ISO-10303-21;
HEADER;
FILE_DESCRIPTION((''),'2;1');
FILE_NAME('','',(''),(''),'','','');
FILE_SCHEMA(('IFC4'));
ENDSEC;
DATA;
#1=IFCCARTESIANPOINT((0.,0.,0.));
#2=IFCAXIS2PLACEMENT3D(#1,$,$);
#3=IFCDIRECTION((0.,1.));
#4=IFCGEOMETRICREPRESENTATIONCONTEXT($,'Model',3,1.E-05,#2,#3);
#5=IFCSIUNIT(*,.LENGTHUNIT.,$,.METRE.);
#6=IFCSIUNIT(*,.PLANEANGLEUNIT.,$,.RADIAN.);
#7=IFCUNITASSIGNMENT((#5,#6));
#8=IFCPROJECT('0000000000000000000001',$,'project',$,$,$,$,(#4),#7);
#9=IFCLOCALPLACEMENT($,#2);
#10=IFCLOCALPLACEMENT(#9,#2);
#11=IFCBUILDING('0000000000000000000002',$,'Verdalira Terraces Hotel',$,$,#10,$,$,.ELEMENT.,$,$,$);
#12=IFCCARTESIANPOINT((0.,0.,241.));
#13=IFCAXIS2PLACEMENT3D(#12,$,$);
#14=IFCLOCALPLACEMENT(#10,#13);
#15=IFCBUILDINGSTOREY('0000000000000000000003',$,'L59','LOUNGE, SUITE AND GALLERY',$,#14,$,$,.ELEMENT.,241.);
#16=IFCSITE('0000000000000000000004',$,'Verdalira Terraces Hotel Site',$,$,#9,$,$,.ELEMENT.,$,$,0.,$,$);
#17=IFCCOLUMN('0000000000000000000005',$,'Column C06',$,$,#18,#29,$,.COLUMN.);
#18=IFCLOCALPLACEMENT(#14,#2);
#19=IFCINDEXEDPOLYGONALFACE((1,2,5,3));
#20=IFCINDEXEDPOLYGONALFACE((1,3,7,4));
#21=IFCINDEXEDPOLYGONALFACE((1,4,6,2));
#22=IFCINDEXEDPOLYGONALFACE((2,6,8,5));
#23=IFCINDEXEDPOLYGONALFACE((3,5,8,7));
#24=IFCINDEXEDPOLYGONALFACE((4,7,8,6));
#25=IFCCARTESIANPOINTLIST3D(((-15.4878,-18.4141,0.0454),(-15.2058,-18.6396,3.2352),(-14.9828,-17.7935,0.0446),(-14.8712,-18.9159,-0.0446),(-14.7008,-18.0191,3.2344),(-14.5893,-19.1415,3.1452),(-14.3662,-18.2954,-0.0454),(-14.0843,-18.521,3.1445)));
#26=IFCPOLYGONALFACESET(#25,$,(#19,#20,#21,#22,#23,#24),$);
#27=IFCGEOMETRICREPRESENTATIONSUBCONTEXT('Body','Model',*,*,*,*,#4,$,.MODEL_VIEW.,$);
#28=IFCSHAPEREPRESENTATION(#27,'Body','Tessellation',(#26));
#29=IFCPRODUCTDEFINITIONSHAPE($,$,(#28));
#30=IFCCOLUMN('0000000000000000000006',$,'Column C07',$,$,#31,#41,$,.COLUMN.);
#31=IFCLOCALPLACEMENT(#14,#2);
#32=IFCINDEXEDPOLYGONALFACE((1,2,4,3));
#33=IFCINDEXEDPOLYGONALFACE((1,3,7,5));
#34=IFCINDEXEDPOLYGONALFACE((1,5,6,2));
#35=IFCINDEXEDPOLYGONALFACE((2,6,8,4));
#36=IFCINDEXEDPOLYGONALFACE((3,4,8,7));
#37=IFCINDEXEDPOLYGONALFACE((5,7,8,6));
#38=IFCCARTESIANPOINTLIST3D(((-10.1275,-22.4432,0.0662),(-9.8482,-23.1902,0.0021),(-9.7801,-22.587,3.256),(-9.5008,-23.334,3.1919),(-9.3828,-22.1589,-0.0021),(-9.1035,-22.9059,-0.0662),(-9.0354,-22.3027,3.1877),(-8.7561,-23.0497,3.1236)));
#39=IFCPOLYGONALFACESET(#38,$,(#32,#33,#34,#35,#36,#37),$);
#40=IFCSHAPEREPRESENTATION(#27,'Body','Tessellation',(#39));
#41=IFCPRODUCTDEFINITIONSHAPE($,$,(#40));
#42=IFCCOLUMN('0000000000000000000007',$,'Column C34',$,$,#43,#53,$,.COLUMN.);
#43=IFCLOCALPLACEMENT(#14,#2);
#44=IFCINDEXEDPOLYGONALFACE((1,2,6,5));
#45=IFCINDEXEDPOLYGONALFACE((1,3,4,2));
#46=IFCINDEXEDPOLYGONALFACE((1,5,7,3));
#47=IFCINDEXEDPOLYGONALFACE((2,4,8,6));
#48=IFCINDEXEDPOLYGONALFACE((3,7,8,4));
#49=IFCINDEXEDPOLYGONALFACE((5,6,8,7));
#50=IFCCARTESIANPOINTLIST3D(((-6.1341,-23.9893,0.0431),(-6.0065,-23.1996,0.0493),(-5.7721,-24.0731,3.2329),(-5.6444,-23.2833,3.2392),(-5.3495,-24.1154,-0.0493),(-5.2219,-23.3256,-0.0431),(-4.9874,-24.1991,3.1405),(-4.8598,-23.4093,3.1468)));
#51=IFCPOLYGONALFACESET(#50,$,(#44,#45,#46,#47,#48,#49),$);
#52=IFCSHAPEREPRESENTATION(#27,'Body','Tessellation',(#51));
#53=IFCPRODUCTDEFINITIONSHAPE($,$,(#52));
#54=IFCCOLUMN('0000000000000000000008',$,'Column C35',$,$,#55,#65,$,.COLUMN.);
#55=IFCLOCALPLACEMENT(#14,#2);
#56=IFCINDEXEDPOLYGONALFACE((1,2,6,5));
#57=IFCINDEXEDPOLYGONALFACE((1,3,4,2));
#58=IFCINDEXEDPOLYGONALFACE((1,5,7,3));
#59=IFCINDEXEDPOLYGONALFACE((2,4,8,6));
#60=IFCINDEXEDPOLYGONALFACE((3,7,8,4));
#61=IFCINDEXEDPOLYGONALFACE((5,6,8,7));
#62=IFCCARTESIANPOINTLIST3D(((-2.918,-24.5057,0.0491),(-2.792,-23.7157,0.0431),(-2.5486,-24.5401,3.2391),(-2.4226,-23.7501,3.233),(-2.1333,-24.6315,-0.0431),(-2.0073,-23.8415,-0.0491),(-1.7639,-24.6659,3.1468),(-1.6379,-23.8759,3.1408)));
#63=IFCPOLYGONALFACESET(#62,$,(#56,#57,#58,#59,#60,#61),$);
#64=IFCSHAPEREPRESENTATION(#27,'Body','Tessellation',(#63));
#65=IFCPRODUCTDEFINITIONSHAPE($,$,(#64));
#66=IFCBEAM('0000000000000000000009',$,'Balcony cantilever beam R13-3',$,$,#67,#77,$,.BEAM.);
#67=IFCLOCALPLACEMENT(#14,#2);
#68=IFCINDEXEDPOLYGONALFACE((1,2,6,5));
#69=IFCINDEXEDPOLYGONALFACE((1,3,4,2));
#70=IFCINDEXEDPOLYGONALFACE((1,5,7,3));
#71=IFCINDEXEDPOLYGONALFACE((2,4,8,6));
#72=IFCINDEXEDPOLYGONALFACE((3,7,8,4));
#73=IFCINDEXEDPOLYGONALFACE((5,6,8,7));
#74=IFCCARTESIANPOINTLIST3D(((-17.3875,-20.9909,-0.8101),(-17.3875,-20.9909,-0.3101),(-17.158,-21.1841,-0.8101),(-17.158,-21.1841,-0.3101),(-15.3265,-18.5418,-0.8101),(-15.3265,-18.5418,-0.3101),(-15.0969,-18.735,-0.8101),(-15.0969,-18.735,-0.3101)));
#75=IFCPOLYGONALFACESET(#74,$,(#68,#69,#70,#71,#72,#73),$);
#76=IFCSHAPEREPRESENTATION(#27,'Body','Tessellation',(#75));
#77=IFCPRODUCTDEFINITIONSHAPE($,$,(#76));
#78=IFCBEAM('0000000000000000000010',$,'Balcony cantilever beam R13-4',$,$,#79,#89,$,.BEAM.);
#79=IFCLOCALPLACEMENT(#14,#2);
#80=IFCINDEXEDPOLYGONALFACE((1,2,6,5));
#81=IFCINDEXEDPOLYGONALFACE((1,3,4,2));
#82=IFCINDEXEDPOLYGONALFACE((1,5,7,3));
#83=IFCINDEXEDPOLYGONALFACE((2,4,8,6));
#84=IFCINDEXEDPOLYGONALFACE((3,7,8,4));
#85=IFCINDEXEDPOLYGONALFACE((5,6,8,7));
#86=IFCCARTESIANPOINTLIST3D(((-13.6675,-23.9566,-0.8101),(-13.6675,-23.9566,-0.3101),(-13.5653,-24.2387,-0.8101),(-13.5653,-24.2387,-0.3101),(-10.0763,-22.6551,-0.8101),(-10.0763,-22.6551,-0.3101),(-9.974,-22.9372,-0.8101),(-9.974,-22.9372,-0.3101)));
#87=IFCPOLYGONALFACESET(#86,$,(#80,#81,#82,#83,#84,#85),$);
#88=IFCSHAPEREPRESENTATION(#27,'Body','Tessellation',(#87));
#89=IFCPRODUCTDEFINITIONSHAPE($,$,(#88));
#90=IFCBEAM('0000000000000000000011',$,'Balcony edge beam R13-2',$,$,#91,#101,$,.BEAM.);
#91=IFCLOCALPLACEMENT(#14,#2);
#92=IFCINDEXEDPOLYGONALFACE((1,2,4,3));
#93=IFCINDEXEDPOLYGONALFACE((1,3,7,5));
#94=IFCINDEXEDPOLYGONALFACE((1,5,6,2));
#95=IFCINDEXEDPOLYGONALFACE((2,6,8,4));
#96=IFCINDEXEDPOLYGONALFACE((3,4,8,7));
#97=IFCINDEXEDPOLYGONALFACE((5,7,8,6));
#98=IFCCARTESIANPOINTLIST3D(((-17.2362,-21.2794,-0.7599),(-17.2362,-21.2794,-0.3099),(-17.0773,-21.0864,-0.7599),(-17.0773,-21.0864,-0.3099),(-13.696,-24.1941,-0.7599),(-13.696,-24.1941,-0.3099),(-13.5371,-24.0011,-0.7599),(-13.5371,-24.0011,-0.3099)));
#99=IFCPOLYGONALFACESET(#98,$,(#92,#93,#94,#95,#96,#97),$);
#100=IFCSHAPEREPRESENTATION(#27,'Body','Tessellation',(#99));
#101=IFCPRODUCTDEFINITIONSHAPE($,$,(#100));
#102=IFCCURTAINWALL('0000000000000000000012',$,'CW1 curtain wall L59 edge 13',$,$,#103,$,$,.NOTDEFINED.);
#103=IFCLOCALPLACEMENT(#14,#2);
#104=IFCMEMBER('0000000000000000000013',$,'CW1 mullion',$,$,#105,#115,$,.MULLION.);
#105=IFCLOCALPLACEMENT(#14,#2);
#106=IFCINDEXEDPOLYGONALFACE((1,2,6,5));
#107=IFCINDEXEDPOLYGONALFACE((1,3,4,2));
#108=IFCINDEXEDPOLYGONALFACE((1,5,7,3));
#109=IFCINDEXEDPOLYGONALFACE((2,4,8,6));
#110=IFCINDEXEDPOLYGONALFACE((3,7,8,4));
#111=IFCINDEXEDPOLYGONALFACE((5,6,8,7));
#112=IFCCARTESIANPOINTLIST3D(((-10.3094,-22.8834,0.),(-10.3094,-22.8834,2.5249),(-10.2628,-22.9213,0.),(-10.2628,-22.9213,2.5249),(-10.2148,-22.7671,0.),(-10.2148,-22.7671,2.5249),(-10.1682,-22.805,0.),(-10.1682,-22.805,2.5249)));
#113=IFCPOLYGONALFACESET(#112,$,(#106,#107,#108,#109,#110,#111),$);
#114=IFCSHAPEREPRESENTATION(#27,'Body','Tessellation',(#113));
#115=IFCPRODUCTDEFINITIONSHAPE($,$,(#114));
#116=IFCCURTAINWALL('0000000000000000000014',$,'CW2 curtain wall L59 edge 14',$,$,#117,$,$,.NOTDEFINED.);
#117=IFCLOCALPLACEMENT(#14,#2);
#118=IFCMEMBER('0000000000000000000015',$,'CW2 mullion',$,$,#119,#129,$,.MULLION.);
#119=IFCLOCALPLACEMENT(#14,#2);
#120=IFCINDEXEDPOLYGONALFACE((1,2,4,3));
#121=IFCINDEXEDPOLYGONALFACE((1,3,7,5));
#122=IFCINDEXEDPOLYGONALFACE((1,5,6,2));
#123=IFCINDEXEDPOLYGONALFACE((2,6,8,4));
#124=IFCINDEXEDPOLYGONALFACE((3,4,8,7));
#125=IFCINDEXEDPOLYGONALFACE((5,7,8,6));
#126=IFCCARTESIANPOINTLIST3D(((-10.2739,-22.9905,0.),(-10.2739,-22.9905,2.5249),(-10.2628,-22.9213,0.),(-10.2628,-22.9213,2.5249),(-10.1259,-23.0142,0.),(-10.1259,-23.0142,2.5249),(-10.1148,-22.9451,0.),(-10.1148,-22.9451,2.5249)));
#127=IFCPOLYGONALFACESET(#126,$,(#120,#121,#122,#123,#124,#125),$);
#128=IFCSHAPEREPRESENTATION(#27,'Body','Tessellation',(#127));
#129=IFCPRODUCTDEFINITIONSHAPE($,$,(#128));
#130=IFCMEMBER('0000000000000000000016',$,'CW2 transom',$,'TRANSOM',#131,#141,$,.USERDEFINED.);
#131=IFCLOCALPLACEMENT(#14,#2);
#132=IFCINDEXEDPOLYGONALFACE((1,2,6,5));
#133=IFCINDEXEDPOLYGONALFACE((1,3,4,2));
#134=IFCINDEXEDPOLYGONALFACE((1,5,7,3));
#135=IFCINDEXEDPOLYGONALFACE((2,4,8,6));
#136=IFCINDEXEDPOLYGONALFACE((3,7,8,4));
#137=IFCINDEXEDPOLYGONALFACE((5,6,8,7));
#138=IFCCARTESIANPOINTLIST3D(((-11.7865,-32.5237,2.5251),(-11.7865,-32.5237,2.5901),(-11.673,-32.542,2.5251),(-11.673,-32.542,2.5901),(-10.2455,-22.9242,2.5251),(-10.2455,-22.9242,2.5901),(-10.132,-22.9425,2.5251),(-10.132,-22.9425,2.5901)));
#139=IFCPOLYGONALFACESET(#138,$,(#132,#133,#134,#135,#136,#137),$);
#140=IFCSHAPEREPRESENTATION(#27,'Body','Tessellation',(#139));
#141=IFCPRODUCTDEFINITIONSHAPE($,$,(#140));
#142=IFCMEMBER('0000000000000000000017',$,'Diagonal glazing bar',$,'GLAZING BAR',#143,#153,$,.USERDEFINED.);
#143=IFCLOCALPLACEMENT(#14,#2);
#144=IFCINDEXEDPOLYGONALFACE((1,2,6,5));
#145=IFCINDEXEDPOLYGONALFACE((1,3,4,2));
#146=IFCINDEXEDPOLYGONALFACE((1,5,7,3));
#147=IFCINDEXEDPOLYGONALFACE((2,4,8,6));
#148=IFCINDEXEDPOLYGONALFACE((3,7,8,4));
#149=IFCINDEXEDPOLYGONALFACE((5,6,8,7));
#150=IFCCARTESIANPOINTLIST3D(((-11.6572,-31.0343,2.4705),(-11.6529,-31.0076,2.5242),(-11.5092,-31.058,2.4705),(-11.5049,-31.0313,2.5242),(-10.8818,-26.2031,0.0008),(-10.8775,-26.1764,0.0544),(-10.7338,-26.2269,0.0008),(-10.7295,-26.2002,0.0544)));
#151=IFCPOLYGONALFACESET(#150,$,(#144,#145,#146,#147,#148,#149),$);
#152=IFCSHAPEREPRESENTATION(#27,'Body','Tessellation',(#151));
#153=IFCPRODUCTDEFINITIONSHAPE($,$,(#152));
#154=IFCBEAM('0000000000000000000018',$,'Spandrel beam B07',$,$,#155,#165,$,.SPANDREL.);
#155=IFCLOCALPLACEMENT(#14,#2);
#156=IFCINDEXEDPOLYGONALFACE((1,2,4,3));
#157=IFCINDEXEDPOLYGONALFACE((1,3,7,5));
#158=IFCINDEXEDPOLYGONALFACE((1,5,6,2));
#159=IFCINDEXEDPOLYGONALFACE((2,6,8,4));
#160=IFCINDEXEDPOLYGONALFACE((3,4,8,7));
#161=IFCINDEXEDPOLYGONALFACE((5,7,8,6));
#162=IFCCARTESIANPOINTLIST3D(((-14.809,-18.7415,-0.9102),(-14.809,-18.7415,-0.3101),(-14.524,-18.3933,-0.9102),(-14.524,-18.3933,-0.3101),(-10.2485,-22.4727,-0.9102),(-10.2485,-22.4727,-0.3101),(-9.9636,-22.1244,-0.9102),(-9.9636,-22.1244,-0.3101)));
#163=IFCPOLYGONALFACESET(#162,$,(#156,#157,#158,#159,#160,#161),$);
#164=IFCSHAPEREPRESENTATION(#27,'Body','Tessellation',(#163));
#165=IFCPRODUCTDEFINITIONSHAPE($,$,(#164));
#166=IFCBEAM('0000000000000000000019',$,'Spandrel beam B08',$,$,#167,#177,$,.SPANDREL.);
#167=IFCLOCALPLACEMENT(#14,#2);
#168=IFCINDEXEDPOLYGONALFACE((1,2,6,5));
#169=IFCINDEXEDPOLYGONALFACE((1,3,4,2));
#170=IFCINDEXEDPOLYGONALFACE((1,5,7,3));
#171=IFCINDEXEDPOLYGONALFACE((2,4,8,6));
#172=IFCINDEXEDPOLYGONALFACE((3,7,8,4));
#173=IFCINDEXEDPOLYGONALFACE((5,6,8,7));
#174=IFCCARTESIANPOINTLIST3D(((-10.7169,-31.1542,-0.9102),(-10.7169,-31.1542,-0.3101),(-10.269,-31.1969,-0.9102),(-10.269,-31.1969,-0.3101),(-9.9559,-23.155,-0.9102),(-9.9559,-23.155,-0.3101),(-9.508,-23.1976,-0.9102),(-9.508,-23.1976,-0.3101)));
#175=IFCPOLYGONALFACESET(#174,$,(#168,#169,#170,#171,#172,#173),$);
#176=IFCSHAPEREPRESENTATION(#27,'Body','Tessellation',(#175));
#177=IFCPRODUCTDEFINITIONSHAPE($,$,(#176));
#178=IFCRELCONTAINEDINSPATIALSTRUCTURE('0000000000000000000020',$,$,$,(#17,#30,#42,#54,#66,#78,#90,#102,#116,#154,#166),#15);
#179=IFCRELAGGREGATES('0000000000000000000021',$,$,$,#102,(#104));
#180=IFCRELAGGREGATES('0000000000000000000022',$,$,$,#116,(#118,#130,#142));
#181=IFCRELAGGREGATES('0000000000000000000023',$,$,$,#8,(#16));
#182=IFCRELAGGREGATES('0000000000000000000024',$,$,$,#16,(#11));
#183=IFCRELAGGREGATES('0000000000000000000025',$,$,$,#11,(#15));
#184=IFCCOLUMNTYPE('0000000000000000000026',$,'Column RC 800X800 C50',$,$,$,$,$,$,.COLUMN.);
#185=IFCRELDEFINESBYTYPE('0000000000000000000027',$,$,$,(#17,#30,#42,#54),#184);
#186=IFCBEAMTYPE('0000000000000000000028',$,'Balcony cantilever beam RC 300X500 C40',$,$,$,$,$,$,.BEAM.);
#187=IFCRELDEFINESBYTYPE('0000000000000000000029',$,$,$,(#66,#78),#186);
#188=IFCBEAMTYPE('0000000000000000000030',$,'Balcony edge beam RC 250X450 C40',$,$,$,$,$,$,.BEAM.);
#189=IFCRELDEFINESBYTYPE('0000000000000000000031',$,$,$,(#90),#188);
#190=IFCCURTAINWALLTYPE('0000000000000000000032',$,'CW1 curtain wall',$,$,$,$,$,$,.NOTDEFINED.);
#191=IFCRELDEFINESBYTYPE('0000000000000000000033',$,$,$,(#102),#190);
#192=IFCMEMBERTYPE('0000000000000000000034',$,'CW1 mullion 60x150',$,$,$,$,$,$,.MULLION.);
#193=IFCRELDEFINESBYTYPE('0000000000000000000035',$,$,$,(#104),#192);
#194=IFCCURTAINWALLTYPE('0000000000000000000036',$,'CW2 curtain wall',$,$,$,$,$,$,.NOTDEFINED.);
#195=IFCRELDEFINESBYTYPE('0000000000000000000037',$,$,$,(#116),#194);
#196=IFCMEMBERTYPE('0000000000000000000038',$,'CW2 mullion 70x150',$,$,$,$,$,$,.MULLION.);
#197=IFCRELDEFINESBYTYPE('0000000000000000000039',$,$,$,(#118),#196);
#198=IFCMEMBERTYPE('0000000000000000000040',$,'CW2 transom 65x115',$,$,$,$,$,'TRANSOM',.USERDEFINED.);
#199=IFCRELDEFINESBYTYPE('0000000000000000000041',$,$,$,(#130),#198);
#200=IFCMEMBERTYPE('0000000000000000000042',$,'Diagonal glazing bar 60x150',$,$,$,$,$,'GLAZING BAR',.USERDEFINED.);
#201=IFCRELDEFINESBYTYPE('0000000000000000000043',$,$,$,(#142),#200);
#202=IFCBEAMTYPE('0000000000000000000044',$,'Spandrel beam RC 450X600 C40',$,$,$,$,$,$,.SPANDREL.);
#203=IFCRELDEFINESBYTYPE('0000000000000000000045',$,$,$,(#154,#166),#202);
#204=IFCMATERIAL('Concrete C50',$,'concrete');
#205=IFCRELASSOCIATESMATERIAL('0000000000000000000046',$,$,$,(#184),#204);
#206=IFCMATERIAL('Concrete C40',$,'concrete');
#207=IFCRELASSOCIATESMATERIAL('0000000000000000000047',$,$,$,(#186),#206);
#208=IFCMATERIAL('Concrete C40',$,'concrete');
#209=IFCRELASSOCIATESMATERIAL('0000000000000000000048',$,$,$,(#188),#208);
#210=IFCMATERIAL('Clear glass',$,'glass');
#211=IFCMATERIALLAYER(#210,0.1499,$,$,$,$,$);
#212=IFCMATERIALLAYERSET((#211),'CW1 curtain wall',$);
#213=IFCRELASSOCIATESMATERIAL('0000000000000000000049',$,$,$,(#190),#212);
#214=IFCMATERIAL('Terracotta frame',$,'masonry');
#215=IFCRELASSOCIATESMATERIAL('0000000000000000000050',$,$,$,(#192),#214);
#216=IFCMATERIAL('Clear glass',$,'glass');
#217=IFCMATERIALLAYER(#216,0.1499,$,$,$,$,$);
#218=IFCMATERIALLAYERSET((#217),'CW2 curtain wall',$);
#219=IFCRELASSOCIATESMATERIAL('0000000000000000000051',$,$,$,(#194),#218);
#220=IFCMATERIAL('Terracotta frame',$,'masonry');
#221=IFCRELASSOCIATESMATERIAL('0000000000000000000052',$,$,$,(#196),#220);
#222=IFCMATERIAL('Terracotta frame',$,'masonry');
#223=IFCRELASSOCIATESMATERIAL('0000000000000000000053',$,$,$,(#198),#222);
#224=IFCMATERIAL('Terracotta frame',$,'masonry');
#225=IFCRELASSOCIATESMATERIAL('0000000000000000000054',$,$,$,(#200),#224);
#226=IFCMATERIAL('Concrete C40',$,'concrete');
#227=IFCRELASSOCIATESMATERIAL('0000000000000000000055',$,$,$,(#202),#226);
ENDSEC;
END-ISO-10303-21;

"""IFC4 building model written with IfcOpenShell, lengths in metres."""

from ifc_helpers import new_model, si_unit, direction, frame, origin, origin_2d, place, context, subcontext, project, spatial, rectangle, extrude, material, layer, layer_set, material_profile, profile_set, type_object, element, aggregate, save


model = new_model("IFC4")

# Units and contexts
model_context = context("Model", 3, precision=1e-05, world=origin(), true_north=direction((0.0, 1.0)))
body_context = subcontext(model_context, "Body", "Model", "MODEL_VIEW")
ifc_project = project(units=[si_unit("LENGTHUNIT", "METRE"), si_unit("PLANEANGLEUNIT", "RADIAN")], contexts=[model_context])

# Site, building, storey
site_placement = place(None, origin())
site = spatial("IfcSite", under=ifc_project, at=site_placement, Name="Verdalira Terraces Hotel Site", CompositionType="ELEMENT", RefElevation=0.0)
building_placement = place(site_placement, origin())
building = spatial("IfcBuilding", under=site, at=building_placement, Name="Verdalira Terraces Hotel", CompositionType="ELEMENT")
storey_placement = place(building_placement, frame((0.0, 0.0, 241.0)))
storey = spatial("IfcBuildingStorey", under=building, at=storey_placement, Name="L59", Description="LOUNGE, SUITE AND GALLERY", CompositionType="ELEMENT", Elevation=241.0)

# Columns
ifc_material_1 = material(Name="Concrete C50", Category="concrete")
ifc_material_profile_1 = material_profile(ifc_material_1, rectangle(XDim=0.8, YDim=0.8, at=origin_2d()), Name="RC 800X800")
ifc_profile_set_1 = profile_set([ifc_material_profile_1], Name="Concrete C50")
column_type = type_object("IfcColumnType", Name="Column RC 800X800 C50", PredefinedType="COLUMN", material=ifc_profile_set_1)
column_1_placement = place(storey_placement, frame((-14.927, -18.3547, 0.0), z_axis=(0.087836, -0.070269, 0.993653), x_axis=(0.770618, -0.627292, -0.112481)))
element("IfcColumn", 1, at=column_1_placement, inside=storey, type_object=column_type, Name="Column C06", PredefinedType="COLUMN", context=body_context, shape_type="SweptSolid", body=[
    extrude(rectangle(XDim=0.8, YDim=0.8, at=origin_2d()), origin(), (0.0, 0.0, 1.0), 3.2102),
])
column_2_placement = place(storey_placement, frame((-9.6155, -22.6746, 0.0), z_axis=(0.10816, -0.044769, 0.993125), x_axis=(-0.349088, 0.93366, 0.080107)))
element("IfcColumn", 2, at=column_2_placement, inside=storey, type_object=column_type, Name="Column C07", PredefinedType="COLUMN", context=body_context, shape_type="SweptSolid", body=[
    extrude(rectangle(XDim=0.8, YDim=0.8, at=origin_2d()), origin(), (0.0, 0.0, 1.0), 3.2119),
])
for number, where, z_axis, x_axis, name in (
    (3, (-5.678, -23.6575, 0.0), (0.112738, -0.026075, 0.993283), (-0.159508, -0.987166, -0.00781), "Column C34"),
    (4, (-2.4626, -24.1736, 0.0), (0.115021, -0.010719, 0.993305), (-0.157408, -0.987505, 0.007571), "Column C35"),
):
    element("IfcColumn", number, at=place(storey_placement, frame(where, z_axis=z_axis, x_axis=x_axis)), inside=storey, type_object=column_type, Name=name, PredefinedType="COLUMN", context=body_context, shape_type="SweptSolid", body=[
        extrude(rectangle(XDim=0.8, YDim=0.8, at=origin_2d()), origin(), (0.0, 0.0, 1.0), 3.2114),
    ])

# Beams
ifc_material_2 = material(Name="Concrete C40", Category="concrete")
ifc_material_profile_2 = material_profile(ifc_material_2, rectangle(XDim=0.3, YDim=0.5, at=origin_2d()), Name="RC 300X500")
ifc_profile_set_2 = profile_set([ifc_material_profile_2], Name="Concrete C40")
beam_type_1 = type_object("IfcBeamType", Name="Balcony cantilever beam RC 300X500 C40", PredefinedType="BEAM", material=ifc_profile_set_2)
beam_1_placement = place(storey_placement, frame((-15.2117, -18.6384, -0.5601), z_axis=(-0.643906, -0.765105, 0.0), x_axis=(0.765105, -0.643906, 0.0)))
element("IfcBeam", 5, at=beam_1_placement, inside=storey, type_object=beam_type_1, Name="Balcony cantilever beam R13-3", PredefinedType="BEAM", context=body_context, shape_type="SweptSolid", body=[
    extrude(rectangle(XDim=0.3, YDim=0.5, at=origin_2d()), origin(), (0.0, 0.0, 1.0), 3.2009),
])
beam_2_placement = place(storey_placement, frame((-10.0251, -22.7961, -0.5601), z_axis=(-0.940164, -0.340722, 0.0), x_axis=(0.340722, -0.940164, 0.0)))
element("IfcBeam", 6, at=beam_2_placement, inside=storey, type_object=beam_type_1, Name="Balcony cantilever beam R13-4", PredefinedType="BEAM", context=body_context, shape_type="SweptSolid", body=[
    extrude(rectangle(XDim=0.3, YDim=0.5, at=origin_2d()), origin(), (0.0, 0.0, 1.0), 3.8198),
])
ifc_material_3 = material(Name="Concrete C40", Category="concrete")
ifc_material_profile_3 = material_profile(ifc_material_3, rectangle(XDim=0.25, YDim=0.45, at=origin_2d()), Name="RC 250X450")
ifc_profile_set_3 = profile_set([ifc_material_profile_3], Name="Concrete C40")
beam_type_2 = type_object("IfcBeamType", Name="Balcony edge beam RC 250X450 C40", PredefinedType="BEAM", material=ifc_profile_set_3)
beam_3_placement = place(storey_placement, frame((-17.1567, -21.1829, -0.5349), z_axis=(0.772009, -0.635612, 0.0), x_axis=(0.635612, 0.772009, 0.0)))
element("IfcBeam", 7, at=beam_3_placement, inside=storey, type_object=beam_type_2, Name="Balcony edge beam R13-2", PredefinedType="BEAM", context=body_context, shape_type="SweptSolid", body=[
    extrude(rectangle(XDim=0.25, YDim=0.45, at=origin_2d()), origin(), (0.0, 0.0, 1.0), 4.5857),
])

# Curtain wall, member
ifc_material_4 = material(Name="Clear glass", Category="glass")
ifc_layer_1 = layer(ifc_material_4, 0.1499)
ifc_layer_set_1 = layer_set([ifc_layer_1], Name="CW1 curtain wall")
curtain_wall_type_1 = type_object("IfcCurtainWallType", Name="CW1 curtain wall", PredefinedType="NOTDEFINED", material=ifc_layer_set_1)
curtain_wall_1_placement = place(storey_placement, origin())
curtain_wall_1 = element("IfcCurtainWall", 8, at=curtain_wall_1_placement, inside=storey, type_object=curtain_wall_type_1, Name="CW1 curtain wall L59 edge 13", PredefinedType="NOTDEFINED")
ifc_material_5 = material(Name="Terracotta frame", Category="masonry")
ifc_material_profile_4 = material_profile(ifc_material_5, rectangle(XDim=0.0601, YDim=0.1499, at=origin_2d()), Name="MU 60x150")
ifc_profile_set_4 = profile_set([ifc_material_profile_4], Name="Terracotta frame")
member_type_1 = type_object("IfcMemberType", Name="CW1 mullion 60x150", PredefinedType="MULLION", material=ifc_profile_set_4)
member_1_placement = place(storey_placement, frame((-10.2388, -22.8442, 0.0), z_axis=(0.0, 0.0, 1.0), x_axis=(0.775826, -0.630947, 0.0)))
member_1 = element("IfcMember", 9, at=member_1_placement, type_object=member_type_1, Name="CW1 mullion", PredefinedType="MULLION", context=body_context, shape_type="SweptSolid", body=[
    extrude(rectangle(XDim=0.0601, YDim=0.1499, at=origin_2d()), origin(), (0.0, 0.0, 1.0), 2.5249),
])

# Curtain wall, members
ifc_material_6 = material(Name="Clear glass", Category="glass")
ifc_layer_2 = layer(ifc_material_6, 0.1499)
ifc_layer_set_2 = layer_set([ifc_layer_2], Name="CW2 curtain wall")
curtain_wall_type_2 = type_object("IfcCurtainWallType", Name="CW2 curtain wall", PredefinedType="NOTDEFINED", material=ifc_layer_set_2)
curtain_wall_2_placement = place(storey_placement, origin())
curtain_wall_2 = element("IfcCurtainWall", 10, at=curtain_wall_2_placement, inside=storey, type_object=curtain_wall_type_2, Name="CW2 curtain wall L59 edge 14", PredefinedType="NOTDEFINED")
ifc_material_7 = material(Name="Terracotta frame", Category="masonry")
ifc_material_profile_5 = material_profile(ifc_material_7, rectangle(XDim=0.0701, YDim=0.1499, at=origin_2d()), Name="MU 70x150")
ifc_profile_set_5 = profile_set([ifc_material_profile_5], Name="Terracotta frame")
member_type_2 = type_object("IfcMemberType", Name="CW2 mullion 70x150", PredefinedType="MULLION", material=ifc_profile_set_5)
member_2_placement = place(storey_placement, frame((-10.1943, -22.9678, 0.0), z_axis=(0.0, 0.0, 1.0), x_axis=(-0.158503, -0.987359, 0.0)))
member_2 = element("IfcMember", 11, at=member_2_placement, type_object=member_type_2, Name="CW2 mullion", PredefinedType="MULLION", context=body_context, shape_type="SweptSolid", body=[
    extrude(rectangle(XDim=0.0701, YDim=0.1499, at=origin_2d()), origin(), (0.0, 0.0, 1.0), 2.5249),
])
ifc_material_8 = material(Name="Terracotta frame", Category="masonry")
ifc_material_profile_6 = material_profile(ifc_material_8, rectangle(XDim=0.115, YDim=0.0649, at=origin_2d()), Name="TR 65x115")
ifc_profile_set_6 = profile_set([ifc_material_profile_6], Name="Terracotta frame")
member_type_3 = type_object("IfcMemberType", Name="CW2 transom 65x115", ElementType="TRANSOM", PredefinedType="USERDEFINED", material=ifc_profile_set_6)
member_3_placement = place(storey_placement, frame((-10.1887, -22.9334, 2.5576), z_axis=(-0.1585, -0.987359, 0.0), x_axis=(0.987359, -0.1585, 0.0)))
member_3 = element("IfcMember", 12, at=member_3_placement, type_object=member_type_3, Name="CW2 transom", ObjectType="TRANSOM", PredefinedType="USERDEFINED", context=body_context, shape_type="SweptSolid", body=[
    extrude(rectangle(XDim=0.115, YDim=0.0649, at=origin_2d()), origin(), (0.0, 0.0, 1.0), 9.7224),
])
ifc_material_9 = material(Name="Terracotta frame", Category="masonry")
ifc_material_profile_7 = material_profile(ifc_material_9, rectangle(XDim=0.1499, YDim=0.0601, at=origin_2d()), Name="GB 60x150")
ifc_profile_set_7 = profile_set([ifc_material_profile_7], Name="Terracotta frame")
member_type_4 = type_object("IfcMemberType", Name="Diagonal glazing bar 60x150", ElementType="GLAZING BAR", PredefinedType="USERDEFINED", material=ifc_profile_set_7)
member_4_placement = place(storey_placement, frame((-10.8057, -26.2017, 0.0276), z_axis=(-0.141472, -0.88144, 0.450609), x_axis=(0.987363, -0.158473, 0.0)))
member_4 = element("IfcMember", 13, at=member_4_placement, type_object=member_type_4, Name="Diagonal glazing bar", ObjectType="GLAZING BAR", PredefinedType="USERDEFINED", context=body_context, shape_type="SweptSolid", body=[
    extrude(rectangle(XDim=0.1499, YDim=0.0601, at=origin_2d()), origin(), (0.0, 0.0, 1.0), 5.481),
])

# Beams
ifc_material_10 = material(Name="Concrete C40", Category="concrete")
ifc_material_profile_8 = material_profile(ifc_material_10, rectangle(XDim=0.45, YDim=0.6001, at=origin_2d()), Name="RC 450X600")
ifc_profile_set_8 = profile_set([ifc_material_profile_8], Name="Concrete C40")
beam_type_3 = type_object("IfcBeamType", Name="Spandrel beam RC 450X600 C40", PredefinedType="SPANDREL", material=ifc_profile_set_8)
beam_4_placement = place(storey_placement, frame((-14.6665, -18.5674, -0.6101), z_axis=(0.77397, -0.633222, 0.0), x_axis=(0.633222, 0.77397, 0.0)))
element("IfcBeam", 14, at=beam_4_placement, inside=storey, type_object=beam_type_3, Name="Spandrel beam B07", PredefinedType="SPANDREL", context=body_context, shape_type="SweptSolid", body=[
    extrude(rectangle(XDim=0.45, YDim=0.6001, at=origin_2d()), origin(), (0.0, 0.0, 1.0), 5.8923),
])
beam_5_placement = place(storey_placement, frame((-9.7319, -23.1763, -0.6101), z_axis=(-0.094704, -0.995505, 0.0), x_axis=(0.995505, -0.094704, 0.0)))
element("IfcBeam", 15, at=beam_5_placement, inside=storey, type_object=beam_type_3, Name="Spandrel beam B08", PredefinedType="SPANDREL", context=body_context, shape_type="SweptSolid", body=[
    extrude(rectangle(XDim=0.45, YDim=0.6001, at=origin_2d()), origin(), (0.0, 0.0, 1.0), 8.0354),
])

aggregate(curtain_wall_1, [member_1])
aggregate(curtain_wall_2, [member_2, member_3, member_4])

save(model, "model.ifc")
